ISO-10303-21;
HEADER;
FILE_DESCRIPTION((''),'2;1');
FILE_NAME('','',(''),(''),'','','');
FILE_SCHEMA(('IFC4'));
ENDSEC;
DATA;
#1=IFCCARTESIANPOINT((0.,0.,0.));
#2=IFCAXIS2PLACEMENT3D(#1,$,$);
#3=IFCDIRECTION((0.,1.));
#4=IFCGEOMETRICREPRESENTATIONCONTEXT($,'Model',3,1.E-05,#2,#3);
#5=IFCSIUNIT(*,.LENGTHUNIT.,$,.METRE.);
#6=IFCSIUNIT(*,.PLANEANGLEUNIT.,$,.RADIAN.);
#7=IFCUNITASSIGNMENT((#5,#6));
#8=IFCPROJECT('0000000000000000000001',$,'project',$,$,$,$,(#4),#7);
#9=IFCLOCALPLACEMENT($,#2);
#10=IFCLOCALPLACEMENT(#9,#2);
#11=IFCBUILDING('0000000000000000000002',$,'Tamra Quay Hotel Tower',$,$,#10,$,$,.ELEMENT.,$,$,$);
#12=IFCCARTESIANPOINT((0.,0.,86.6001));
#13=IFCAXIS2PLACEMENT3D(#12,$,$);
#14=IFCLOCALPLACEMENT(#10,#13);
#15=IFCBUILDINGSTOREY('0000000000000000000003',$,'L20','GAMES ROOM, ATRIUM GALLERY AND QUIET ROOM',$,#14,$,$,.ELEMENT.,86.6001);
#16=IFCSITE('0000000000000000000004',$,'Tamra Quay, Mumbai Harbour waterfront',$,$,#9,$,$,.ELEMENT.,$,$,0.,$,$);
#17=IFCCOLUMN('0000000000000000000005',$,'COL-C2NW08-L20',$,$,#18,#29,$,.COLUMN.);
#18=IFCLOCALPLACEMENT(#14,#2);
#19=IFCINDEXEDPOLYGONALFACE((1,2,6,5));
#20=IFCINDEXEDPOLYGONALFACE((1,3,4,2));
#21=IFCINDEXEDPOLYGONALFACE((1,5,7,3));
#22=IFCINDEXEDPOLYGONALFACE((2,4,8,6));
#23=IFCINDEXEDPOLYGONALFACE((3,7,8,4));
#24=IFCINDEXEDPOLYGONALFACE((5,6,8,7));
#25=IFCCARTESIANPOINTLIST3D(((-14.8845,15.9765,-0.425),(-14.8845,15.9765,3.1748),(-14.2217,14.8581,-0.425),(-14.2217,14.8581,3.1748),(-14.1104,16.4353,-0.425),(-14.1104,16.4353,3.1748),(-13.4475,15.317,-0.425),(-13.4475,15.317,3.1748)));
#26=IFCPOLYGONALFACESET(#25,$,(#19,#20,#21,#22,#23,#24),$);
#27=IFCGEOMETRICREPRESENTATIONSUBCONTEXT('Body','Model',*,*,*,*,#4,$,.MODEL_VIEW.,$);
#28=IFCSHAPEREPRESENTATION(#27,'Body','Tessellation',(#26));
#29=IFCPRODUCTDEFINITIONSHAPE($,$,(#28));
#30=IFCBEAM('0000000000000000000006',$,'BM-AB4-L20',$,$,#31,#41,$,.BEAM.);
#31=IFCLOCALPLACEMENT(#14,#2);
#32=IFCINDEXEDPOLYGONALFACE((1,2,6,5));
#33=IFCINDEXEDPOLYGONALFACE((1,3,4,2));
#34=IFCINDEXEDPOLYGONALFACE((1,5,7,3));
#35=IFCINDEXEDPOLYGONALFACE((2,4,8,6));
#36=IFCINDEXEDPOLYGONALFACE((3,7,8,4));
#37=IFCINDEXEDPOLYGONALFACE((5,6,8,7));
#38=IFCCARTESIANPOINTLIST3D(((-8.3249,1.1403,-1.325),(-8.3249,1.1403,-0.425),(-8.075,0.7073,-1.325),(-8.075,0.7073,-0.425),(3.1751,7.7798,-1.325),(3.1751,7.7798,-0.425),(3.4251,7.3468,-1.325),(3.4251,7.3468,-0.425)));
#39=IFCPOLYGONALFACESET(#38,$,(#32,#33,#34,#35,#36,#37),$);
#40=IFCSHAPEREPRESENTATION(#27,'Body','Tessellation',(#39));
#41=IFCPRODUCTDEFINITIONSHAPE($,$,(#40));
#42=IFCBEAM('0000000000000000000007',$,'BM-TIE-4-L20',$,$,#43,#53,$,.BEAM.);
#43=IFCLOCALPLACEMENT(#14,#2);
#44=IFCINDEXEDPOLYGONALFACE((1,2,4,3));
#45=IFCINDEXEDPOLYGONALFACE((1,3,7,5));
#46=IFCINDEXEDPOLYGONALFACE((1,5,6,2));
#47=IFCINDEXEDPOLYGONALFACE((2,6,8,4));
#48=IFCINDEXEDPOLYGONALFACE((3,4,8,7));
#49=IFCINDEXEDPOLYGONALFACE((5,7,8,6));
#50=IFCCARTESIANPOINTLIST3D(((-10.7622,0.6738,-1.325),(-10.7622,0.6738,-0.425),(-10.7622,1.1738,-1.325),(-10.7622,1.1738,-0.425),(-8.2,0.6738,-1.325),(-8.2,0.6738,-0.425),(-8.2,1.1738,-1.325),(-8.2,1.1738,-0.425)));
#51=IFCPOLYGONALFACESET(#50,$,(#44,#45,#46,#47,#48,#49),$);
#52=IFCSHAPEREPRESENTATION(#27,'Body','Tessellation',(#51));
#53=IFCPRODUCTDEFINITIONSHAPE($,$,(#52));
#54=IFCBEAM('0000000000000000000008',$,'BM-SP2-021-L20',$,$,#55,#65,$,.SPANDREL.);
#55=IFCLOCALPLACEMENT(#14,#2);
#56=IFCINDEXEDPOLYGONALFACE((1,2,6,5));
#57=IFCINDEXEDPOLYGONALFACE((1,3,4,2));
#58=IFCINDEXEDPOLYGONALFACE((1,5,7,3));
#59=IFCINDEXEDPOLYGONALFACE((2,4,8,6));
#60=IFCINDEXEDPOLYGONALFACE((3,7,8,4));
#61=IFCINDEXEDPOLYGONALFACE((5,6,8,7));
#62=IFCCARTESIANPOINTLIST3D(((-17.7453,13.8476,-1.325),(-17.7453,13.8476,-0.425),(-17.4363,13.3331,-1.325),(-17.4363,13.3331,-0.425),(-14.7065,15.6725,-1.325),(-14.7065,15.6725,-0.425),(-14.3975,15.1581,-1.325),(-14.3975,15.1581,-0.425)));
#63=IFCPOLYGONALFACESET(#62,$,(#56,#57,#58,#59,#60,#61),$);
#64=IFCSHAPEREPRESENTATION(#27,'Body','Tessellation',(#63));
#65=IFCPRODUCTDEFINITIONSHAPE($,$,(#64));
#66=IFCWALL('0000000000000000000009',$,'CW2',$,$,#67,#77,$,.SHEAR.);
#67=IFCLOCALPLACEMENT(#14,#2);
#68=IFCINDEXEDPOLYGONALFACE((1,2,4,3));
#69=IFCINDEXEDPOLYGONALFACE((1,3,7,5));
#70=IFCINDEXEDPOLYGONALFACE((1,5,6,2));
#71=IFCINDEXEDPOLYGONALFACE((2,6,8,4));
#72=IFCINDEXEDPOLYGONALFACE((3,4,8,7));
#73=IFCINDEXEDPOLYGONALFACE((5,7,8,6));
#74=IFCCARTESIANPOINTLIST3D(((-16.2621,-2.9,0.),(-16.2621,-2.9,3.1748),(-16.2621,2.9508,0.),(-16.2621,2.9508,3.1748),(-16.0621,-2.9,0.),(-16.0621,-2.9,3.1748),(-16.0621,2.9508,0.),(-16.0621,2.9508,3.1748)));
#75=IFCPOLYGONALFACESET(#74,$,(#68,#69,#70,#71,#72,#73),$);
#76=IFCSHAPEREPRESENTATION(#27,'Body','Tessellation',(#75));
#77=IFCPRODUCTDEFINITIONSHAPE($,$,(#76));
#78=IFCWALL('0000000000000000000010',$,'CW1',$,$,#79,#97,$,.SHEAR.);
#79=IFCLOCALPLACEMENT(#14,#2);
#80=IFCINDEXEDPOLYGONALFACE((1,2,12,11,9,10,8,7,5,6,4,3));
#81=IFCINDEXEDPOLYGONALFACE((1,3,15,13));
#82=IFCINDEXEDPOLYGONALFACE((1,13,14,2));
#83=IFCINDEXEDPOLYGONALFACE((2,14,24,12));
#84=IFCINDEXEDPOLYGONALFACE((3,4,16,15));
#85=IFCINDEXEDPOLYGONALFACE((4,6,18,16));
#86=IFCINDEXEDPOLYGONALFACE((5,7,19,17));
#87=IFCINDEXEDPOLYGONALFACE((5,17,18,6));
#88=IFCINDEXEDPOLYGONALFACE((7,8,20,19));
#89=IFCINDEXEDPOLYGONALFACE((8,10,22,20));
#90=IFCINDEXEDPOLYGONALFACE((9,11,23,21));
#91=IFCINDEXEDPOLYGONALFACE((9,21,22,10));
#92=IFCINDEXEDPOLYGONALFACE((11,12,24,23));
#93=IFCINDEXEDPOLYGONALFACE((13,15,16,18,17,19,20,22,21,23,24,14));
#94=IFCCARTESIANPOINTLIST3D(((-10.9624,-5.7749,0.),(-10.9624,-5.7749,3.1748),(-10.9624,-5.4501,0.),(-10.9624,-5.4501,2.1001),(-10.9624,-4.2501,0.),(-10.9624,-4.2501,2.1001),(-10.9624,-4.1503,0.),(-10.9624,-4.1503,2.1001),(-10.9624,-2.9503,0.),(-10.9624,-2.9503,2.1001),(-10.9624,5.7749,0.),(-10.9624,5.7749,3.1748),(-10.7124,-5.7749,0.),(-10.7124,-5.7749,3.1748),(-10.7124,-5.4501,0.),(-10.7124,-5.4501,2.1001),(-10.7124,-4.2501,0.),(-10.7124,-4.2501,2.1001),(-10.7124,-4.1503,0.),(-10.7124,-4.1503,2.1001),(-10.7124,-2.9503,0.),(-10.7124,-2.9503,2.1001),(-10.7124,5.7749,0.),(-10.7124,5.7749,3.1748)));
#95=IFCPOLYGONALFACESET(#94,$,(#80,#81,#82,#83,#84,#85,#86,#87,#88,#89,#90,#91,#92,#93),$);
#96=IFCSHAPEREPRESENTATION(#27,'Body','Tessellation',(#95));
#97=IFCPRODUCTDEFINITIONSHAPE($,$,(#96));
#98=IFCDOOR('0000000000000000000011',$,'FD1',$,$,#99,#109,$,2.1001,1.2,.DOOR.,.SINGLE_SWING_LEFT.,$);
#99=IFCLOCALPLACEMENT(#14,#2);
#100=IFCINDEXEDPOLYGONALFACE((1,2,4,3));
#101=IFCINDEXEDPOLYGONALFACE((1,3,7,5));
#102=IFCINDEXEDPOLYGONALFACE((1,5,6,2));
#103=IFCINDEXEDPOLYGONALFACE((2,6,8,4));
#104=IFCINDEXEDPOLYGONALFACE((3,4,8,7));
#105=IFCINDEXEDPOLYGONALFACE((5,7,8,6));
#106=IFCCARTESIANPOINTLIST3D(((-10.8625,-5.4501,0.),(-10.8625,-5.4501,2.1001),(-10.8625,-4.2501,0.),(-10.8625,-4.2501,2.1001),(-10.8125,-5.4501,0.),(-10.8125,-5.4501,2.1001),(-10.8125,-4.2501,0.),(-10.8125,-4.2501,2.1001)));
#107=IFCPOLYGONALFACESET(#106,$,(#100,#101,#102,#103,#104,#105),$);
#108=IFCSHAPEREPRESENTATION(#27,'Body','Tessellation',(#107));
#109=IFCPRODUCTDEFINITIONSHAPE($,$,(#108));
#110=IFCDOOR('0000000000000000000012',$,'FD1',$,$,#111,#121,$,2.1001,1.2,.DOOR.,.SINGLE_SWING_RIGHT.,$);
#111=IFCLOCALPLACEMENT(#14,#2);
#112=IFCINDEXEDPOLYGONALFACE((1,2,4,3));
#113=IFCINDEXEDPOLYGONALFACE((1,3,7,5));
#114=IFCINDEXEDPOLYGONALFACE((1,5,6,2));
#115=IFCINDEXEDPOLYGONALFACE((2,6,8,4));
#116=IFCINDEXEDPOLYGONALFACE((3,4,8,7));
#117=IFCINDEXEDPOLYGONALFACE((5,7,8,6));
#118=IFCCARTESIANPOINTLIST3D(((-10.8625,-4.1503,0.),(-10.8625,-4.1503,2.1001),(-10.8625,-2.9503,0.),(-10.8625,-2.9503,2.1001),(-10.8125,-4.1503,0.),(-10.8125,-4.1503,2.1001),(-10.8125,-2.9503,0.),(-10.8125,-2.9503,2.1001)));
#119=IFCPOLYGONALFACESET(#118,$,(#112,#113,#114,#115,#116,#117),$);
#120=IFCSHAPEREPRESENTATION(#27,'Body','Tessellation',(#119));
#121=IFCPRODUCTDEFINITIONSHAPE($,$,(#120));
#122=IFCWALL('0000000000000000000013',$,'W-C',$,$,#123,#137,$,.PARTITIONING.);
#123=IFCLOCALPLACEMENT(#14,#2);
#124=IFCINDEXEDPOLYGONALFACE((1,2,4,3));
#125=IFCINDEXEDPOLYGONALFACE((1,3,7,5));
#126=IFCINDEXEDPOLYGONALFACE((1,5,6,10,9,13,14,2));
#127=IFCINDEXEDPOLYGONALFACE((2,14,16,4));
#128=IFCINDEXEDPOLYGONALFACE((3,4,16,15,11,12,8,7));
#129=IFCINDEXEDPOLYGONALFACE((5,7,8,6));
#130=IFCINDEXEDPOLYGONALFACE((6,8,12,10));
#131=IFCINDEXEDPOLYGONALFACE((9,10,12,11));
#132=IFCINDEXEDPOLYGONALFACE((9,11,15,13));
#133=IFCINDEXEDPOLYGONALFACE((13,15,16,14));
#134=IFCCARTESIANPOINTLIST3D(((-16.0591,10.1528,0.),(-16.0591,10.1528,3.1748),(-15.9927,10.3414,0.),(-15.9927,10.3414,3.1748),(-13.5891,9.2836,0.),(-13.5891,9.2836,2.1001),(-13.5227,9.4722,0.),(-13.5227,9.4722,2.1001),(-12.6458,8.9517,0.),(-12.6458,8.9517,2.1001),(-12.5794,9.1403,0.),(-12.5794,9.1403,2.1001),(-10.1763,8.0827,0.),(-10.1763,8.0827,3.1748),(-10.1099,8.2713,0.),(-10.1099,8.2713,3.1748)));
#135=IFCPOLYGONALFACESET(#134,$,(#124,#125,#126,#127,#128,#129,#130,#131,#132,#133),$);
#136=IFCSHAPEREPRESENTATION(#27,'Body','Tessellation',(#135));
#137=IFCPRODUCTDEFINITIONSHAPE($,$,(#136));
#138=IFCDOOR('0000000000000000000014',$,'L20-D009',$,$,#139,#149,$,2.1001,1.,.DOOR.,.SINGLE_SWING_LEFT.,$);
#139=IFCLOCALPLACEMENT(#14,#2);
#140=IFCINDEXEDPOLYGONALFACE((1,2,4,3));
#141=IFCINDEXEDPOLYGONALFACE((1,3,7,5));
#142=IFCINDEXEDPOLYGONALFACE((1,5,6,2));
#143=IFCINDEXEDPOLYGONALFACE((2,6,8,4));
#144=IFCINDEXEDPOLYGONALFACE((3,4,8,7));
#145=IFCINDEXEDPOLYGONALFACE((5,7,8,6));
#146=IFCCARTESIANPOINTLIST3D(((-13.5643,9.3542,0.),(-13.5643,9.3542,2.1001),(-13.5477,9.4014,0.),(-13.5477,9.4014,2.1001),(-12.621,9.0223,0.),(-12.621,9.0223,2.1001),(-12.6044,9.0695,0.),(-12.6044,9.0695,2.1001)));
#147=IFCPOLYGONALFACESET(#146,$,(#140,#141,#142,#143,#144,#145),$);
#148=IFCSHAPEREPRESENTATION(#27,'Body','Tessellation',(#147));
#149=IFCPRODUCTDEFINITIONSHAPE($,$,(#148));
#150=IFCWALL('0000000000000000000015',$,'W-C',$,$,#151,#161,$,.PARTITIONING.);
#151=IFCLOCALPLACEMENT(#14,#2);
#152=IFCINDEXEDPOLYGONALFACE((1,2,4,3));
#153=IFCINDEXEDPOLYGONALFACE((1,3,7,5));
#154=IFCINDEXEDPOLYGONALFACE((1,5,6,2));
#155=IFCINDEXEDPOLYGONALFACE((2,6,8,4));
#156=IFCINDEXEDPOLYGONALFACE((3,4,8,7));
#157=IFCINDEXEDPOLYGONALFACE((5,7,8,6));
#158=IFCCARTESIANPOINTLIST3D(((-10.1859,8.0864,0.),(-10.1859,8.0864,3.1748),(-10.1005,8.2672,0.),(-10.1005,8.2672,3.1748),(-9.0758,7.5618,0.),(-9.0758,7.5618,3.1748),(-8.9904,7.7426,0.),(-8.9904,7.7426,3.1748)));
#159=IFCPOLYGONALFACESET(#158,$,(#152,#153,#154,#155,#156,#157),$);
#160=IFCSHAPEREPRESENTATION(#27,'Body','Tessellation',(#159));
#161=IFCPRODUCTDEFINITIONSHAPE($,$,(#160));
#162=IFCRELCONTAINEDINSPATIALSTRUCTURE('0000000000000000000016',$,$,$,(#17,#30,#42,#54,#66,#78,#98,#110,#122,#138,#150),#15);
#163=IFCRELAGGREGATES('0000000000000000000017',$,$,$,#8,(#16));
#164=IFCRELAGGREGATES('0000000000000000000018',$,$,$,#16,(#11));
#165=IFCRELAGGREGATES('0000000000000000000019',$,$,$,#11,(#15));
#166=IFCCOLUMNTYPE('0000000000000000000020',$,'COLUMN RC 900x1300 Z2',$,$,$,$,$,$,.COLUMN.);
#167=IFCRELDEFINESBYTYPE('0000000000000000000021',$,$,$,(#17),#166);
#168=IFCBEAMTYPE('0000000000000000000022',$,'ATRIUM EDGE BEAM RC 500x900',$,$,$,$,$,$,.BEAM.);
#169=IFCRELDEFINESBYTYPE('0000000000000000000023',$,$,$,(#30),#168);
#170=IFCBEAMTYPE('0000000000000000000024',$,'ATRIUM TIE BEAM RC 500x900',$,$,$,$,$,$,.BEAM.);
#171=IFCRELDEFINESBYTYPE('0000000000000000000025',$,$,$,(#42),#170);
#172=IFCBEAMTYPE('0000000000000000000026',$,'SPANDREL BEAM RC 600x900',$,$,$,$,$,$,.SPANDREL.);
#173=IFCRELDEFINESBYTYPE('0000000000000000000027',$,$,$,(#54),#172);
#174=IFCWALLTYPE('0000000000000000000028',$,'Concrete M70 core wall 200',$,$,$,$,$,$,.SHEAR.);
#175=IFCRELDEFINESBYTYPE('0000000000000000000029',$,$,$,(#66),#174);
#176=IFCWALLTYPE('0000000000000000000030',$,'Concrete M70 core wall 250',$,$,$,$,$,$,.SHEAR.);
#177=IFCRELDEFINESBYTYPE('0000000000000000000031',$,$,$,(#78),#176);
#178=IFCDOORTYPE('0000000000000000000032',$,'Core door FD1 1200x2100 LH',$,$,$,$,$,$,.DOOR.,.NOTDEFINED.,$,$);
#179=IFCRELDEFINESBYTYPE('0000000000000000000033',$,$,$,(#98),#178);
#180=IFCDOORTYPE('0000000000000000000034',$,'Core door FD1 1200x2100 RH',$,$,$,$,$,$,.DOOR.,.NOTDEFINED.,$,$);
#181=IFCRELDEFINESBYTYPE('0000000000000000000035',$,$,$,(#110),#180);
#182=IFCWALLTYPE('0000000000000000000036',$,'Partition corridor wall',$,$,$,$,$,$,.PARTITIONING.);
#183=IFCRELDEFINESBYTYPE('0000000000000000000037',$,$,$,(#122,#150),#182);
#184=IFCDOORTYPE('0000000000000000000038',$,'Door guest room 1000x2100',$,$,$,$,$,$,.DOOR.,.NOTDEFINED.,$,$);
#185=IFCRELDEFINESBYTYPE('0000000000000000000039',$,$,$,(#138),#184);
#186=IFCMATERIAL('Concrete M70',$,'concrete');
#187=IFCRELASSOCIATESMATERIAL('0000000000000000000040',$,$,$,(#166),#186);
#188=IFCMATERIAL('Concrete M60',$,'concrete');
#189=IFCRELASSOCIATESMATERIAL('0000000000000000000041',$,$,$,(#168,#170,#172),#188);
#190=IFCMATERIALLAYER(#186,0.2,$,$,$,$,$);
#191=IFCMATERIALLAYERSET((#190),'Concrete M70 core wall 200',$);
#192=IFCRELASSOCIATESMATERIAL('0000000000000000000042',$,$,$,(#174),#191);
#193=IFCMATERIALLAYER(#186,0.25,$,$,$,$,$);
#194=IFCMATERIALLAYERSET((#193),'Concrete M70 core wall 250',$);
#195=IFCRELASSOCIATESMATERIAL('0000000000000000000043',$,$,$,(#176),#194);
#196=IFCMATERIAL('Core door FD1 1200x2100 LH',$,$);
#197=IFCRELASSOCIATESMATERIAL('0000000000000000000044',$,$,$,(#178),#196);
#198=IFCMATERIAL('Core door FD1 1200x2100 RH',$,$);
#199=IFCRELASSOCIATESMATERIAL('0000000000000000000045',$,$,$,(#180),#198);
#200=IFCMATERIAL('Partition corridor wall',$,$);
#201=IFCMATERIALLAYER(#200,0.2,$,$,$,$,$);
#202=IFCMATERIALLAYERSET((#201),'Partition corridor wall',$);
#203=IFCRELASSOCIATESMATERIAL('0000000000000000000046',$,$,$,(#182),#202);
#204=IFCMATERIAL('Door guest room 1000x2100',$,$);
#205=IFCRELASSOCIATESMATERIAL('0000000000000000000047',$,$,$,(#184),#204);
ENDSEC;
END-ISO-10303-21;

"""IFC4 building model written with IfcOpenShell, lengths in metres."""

from ifc_helpers import new_model, si_unit, direction, frame, frame_2d, origin, origin_2d, place, context, subcontext, project, spatial, rectangle, extrude, material, layer, layer_set, material_profile, profile_set, type_object, element, fill, save


model = new_model("IFC4")

# Units and contexts
model_context = context("Model", 3, precision=1e-05, world=origin(), true_north=direction((0.0, 1.0)))
body_context = subcontext(model_context, "Body", "Model", "MODEL_VIEW")
ifc_project = project(units=[si_unit("LENGTHUNIT", "METRE"), si_unit("PLANEANGLEUNIT", "RADIAN")], contexts=[model_context])

# Site, building, storey
site_placement = place(None, origin())
site = spatial("IfcSite", under=ifc_project, at=site_placement, Name="Tamra Quay, Mumbai Harbour waterfront", CompositionType="ELEMENT", RefElevation=0.0)
building_placement = place(site_placement, origin())
building = spatial("IfcBuilding", under=site, at=building_placement, Name="Tamra Quay Hotel Tower", CompositionType="ELEMENT")
storey_placement = place(building_placement, frame((0.0, 0.0, 86.6001)))
storey = spatial("IfcBuildingStorey", under=building, at=storey_placement, Name="L20", Description="GAMES ROOM, ATRIUM GALLERY AND QUIET ROOM", CompositionType="ELEMENT", Elevation=86.6001)

# Column
ifc_material_1 = material(Name="Concrete M70", Category="concrete")
ifc_material_profile_1 = material_profile(ifc_material_1, rectangle(XDim=1.3, YDim=0.8999, at=origin_2d()), Name="COLUMN RC 900x1300 Z2")
ifc_profile_set_1 = profile_set([ifc_material_profile_1], Name="Concrete M70")
column_type = type_object("IfcColumnType", Name="COLUMN RC 900x1300 Z2", PredefinedType="COLUMN", material=ifc_profile_set_1)
column_placement = place(storey_placement, frame((-14.166, 15.6467, -0.425), z_axis=(0.0, 0.0, 1.0), x_axis=(-0.509873, 0.860249, 0.0)))
element("IfcColumn", 1, at=column_placement, inside=storey, type_object=column_type, Name="COL-C2NW08-L20", PredefinedType="COLUMN", context=body_context, shape_type="SweptSolid", body=[
    extrude(rectangle(XDim=1.3, YDim=0.8999, at=origin_2d()), origin(), (0.0, 0.0, 1.0), 3.5999),
])

# Beams
ifc_material_2 = material(Name="Concrete M60", Category="concrete")
ifc_material_profile_2 = material_profile(ifc_material_2, rectangle(XDim=0.5, YDim=0.8999, at=origin_2d()), Name="ATRIUM EDGE BEAM RC 500x900")
ifc_profile_set_2 = profile_set([ifc_material_profile_2], Name="Concrete M60")
beam_type_1 = type_object("IfcBeamType", Name="ATRIUM EDGE BEAM RC 500x900", PredefinedType="BEAM", material=ifc_profile_set_2)
beam_1_placement = place(storey_placement, frame((-8.2, 0.9238, -0.875), z_axis=(0.866029, 0.499993, 0.0), x_axis=(-0.499993, 0.866029, 0.0)))
element("IfcBeam", 2, at=beam_1_placement, inside=storey, type_object=beam_type_1, Name="BM-AB4-L20", PredefinedType="BEAM", context=body_context, shape_type="SweptSolid", body=[
    extrude(rectangle(XDim=0.5, YDim=0.8999, at=origin_2d()), origin(), (0.0, 0.0, 1.0), 13.2791),
])
ifc_material_profile_3 = material_profile(ifc_material_2, rectangle(XDim=0.5, YDim=0.8999, at=origin_2d()), Name="ATRIUM TIE BEAM RC 500x900")
ifc_profile_set_3 = profile_set([ifc_material_profile_3], Name="Concrete M60")
beam_type_2 = type_object("IfcBeamType", Name="ATRIUM TIE BEAM RC 500x900", PredefinedType="BEAM", material=ifc_profile_set_3)
beam_2_placement = place(storey_placement, frame((-8.2, 0.9238, -0.875), z_axis=(-1.0, 0.0, 0.0), x_axis=(0.0, -1.0, 0.0)))
element("IfcBeam", 3, at=beam_2_placement, inside=storey, type_object=beam_type_2, Name="BM-TIE-4-L20", PredefinedType="BEAM", context=body_context, shape_type="SweptSolid", body=[
    extrude(rectangle(XDim=0.5, YDim=0.8999, at=origin_2d()), origin(), (0.0, 0.0, 1.0), 2.5623),
])
ifc_material_profile_4 = material_profile(ifc_material_2, rectangle(XDim=0.6001, YDim=0.8999, at=origin_2d()), Name="SPANDREL BEAM RC 600x900")
ifc_profile_set_4 = profile_set([ifc_material_profile_4], Name="Concrete M60")
beam_type_3 = type_object("IfcBeamType", Name="SPANDREL BEAM RC 600x900", PredefinedType="SPANDREL", material=ifc_profile_set_4)
beam_3_placement = place(storey_placement, frame((-14.552, 15.4153, -0.875), z_axis=(-0.857286, -0.51484, 0.0), x_axis=(0.51484, -0.857286, 0.0)))
element("IfcBeam", 4, at=beam_3_placement, inside=storey, type_object=beam_type_3, Name="BM-SP2-021-L20", PredefinedType="SPANDREL", context=body_context, shape_type="SweptSolid", body=[
    extrude(rectangle(XDim=0.6001, YDim=0.8999, at=origin_2d()), origin(), (0.0, 0.0, 1.0), 3.5447),
])

# Wall
ifc_layer_1 = layer(ifc_material_1, 0.2)
ifc_layer_set_1 = layer_set([ifc_layer_1], Name="Concrete M70 core wall 200")
wall_type_1 = type_object("IfcWallType", Name="Concrete M70 core wall 200", PredefinedType="SHEAR", material=ifc_layer_set_1)
wall_1_placement = place(storey_placement, frame((-16.1621, 2.9507, 0.0), z_axis=(0.0, 0.0, 1.0), x_axis=(0.0, -1.0, 0.0)))
element("IfcWall", 5, at=wall_1_placement, inside=storey, type_object=wall_type_1, Name="CW2", PredefinedType="SHEAR", context=body_context, shape_type="SweptSolid", body=[
    extrude(rectangle(XDim=5.8508, YDim=0.2, at=frame_2d((2.9253, 0.0))), origin(), (0.0, 0.0, 1.0), 3.1748),
])

# Wall, openings, doors
ifc_layer_2 = layer(ifc_material_1, 0.25)
ifc_layer_set_2 = layer_set([ifc_layer_2], Name="Concrete M70 core wall 250")
wall_type_2 = type_object("IfcWallType", Name="Concrete M70 core wall 250", PredefinedType="SHEAR", material=ifc_layer_set_2)
wall_2_placement = place(storey_placement, frame((-10.8374, 5.7749, 0.0), z_axis=(0.0, 0.0, 1.0), x_axis=(0.0, -1.0, 0.0)))
wall_2 = element("IfcWall", 6, at=wall_2_placement, inside=storey, type_object=wall_type_2, Name="CW1", PredefinedType="SHEAR", context=body_context, shape_type="SweptSolid", body=[
    extrude(rectangle(XDim=11.5498, YDim=0.25, at=frame_2d((5.7749, 0.0))), origin(), (0.0, 0.0, 1.0), 3.1748),
])
opening_1_placement = place(wall_2_placement, frame((10.0249, 0.0, 0.0)))
opening_1 = element("IfcOpeningElement", 7, at=opening_1_placement, cuts=wall_2, PredefinedType="OPENING", context=body_context, shape_type="SweptSolid", body=[
    extrude(rectangle(XDim=1.2, YDim=2.1001, at=frame_2d((0.6001, 1.05))), frame((0.0, 0.135, 0.0), z_axis=(0.0, -1.0, 0.0), x_axis=(1.0, 0.0, 0.0)), (0.0, 0.0, 1.0), 0.27),
])
opening_2_placement = place(wall_2_placement, frame((8.7251, 0.0, 0.0)))
opening_2 = element("IfcOpeningElement", 8, at=opening_2_placement, cuts=wall_2, PredefinedType="OPENING", context=body_context, shape_type="SweptSolid", body=[
    extrude(rectangle(XDim=1.2, YDim=2.1001, at=frame_2d((0.6001, 1.05))), frame((0.0, 0.135, 0.0), z_axis=(0.0, -1.0, 0.0), x_axis=(1.0, 0.0, 0.0)), (0.0, 0.0, 1.0), 0.27),
])
ifc_material_3 = material(Name="Core door FD1 1200x2100 LH")
door_type_1 = type_object("IfcDoorType", Name="Core door FD1 1200x2100 LH", OperationType="NOTDEFINED", PredefinedType="DOOR", material=ifc_material_3)
door_1_placement = place(opening_1_placement, origin())
door_1 = element("IfcDoor", 9, at=door_1_placement, inside=storey, type_object=door_type_1, Name="FD1", OperationType="SINGLE_SWING_LEFT", OverallHeight=2.1001, OverallWidth=1.2, PredefinedType="DOOR", context=body_context, shape_type="SweptSolid", body=[
    extrude(rectangle(XDim=1.2, YDim=2.1001, at=frame_2d((0.6001, 1.05))), frame((0.0, 0.0249, 0.0), z_axis=(0.0, -1.0, 0.0), x_axis=(1.0, 0.0, 0.0)), (0.0, 0.0, 1.0), 0.05),
])
fill(opening_1, door_1)
ifc_material_4 = material(Name="Core door FD1 1200x2100 RH")
door_type_2 = type_object("IfcDoorType", Name="Core door FD1 1200x2100 RH", OperationType="NOTDEFINED", PredefinedType="DOOR", material=ifc_material_4)
door_2_placement = place(opening_2_placement, origin())
door_2 = element("IfcDoor", 10, at=door_2_placement, inside=storey, type_object=door_type_2, Name="FD1", OperationType="SINGLE_SWING_RIGHT", OverallHeight=2.1001, OverallWidth=1.2, PredefinedType="DOOR", context=body_context, shape_type="SweptSolid", body=[
    extrude(rectangle(XDim=1.2, YDim=2.1001, at=frame_2d((0.6001, 1.05))), frame((0.0, 0.0249, 0.0), z_axis=(0.0, -1.0, 0.0), x_axis=(1.0, 0.0, 0.0)), (0.0, 0.0, 1.0), 0.05),
])
fill(opening_2, door_2)

# Wall, opening, door
ifc_material_5 = material(Name="Partition corridor wall")
ifc_layer_3 = layer(ifc_material_5, 0.2)
ifc_layer_set_3 = layer_set([ifc_layer_3], Name="Partition corridor wall")
wall_type_3 = type_object("IfcWallType", Name="Partition corridor wall", PredefinedType="PARTITIONING", material=ifc_layer_set_3)
wall_3_placement = place(storey_placement, frame((-16.0259, 10.2471, 0.0), z_axis=(0.0, 0.0, 1.0), x_axis=(0.943303, -0.331933, 0.0)))
wall_3 = element("IfcWall", 11, at=wall_3_placement, inside=storey, type_object=wall_type_3, Name="W-C", PredefinedType="PARTITIONING", context=body_context, shape_type="SweptSolid", body=[
    extrude(rectangle(XDim=6.2363, YDim=0.2, at=frame_2d((3.1182, 0.0))), origin(), (0.0, 0.0, 1.0), 3.1748),
])
opening_3_placement = place(wall_3_placement, frame((2.6184, 0.0, 0.0)))
opening_3 = element("IfcOpeningElement", 12, at=opening_3_placement, cuts=wall_3, PredefinedType="OPENING", context=body_context, shape_type="SweptSolid", body=[
    extrude(rectangle(XDim=1.0, YDim=2.1001, at=frame_2d((0.5, 1.05))), frame((0.0, 0.1099, 0.0), z_axis=(0.0, -1.0, 0.0), x_axis=(1.0, 0.0, 0.0)), (0.0, 0.0, 1.0), 0.22),
])
ifc_material_6 = material(Name="Door guest room 1000x2100")
door_type_3 = type_object("IfcDoorType", Name="Door guest room 1000x2100", OperationType="NOTDEFINED", PredefinedType="DOOR", material=ifc_material_6)
door_3_placement = place(opening_3_placement, origin())
door_3 = element("IfcDoor", 13, at=door_3_placement, inside=storey, type_object=door_type_3, Name="L20-D009", OperationType="SINGLE_SWING_LEFT", OverallHeight=2.1001, OverallWidth=1.0, PredefinedType="DOOR", context=body_context, shape_type="SweptSolid", body=[
    extrude(rectangle(XDim=1.0, YDim=2.1001, at=frame_2d((0.5, 1.05))), frame((0.0, 0.0249, 0.0), z_axis=(0.0, -1.0, 0.0), x_axis=(1.0, 0.0, 0.0)), (0.0, 0.0, 1.0), 0.05),
])
fill(opening_3, door_3)

# Wall
wall_4_placement = place(storey_placement, frame((-10.1431, 8.1768, 0.0), z_axis=(0.0, 0.0, 1.0), x_axis=(0.90411, -0.4273, 0.0)))
element("IfcWall", 14, at=wall_4_placement, inside=storey, type_object=wall_type_3, Name="W-C", PredefinedType="PARTITIONING", context=body_context, shape_type="SweptSolid", body=[
    extrude(rectangle(XDim=1.2278, YDim=0.2, at=frame_2d((0.6138, 0.0))), origin(), (0.0, 0.0, 1.0), 3.1748),
])

save(model, "model.ifc")
